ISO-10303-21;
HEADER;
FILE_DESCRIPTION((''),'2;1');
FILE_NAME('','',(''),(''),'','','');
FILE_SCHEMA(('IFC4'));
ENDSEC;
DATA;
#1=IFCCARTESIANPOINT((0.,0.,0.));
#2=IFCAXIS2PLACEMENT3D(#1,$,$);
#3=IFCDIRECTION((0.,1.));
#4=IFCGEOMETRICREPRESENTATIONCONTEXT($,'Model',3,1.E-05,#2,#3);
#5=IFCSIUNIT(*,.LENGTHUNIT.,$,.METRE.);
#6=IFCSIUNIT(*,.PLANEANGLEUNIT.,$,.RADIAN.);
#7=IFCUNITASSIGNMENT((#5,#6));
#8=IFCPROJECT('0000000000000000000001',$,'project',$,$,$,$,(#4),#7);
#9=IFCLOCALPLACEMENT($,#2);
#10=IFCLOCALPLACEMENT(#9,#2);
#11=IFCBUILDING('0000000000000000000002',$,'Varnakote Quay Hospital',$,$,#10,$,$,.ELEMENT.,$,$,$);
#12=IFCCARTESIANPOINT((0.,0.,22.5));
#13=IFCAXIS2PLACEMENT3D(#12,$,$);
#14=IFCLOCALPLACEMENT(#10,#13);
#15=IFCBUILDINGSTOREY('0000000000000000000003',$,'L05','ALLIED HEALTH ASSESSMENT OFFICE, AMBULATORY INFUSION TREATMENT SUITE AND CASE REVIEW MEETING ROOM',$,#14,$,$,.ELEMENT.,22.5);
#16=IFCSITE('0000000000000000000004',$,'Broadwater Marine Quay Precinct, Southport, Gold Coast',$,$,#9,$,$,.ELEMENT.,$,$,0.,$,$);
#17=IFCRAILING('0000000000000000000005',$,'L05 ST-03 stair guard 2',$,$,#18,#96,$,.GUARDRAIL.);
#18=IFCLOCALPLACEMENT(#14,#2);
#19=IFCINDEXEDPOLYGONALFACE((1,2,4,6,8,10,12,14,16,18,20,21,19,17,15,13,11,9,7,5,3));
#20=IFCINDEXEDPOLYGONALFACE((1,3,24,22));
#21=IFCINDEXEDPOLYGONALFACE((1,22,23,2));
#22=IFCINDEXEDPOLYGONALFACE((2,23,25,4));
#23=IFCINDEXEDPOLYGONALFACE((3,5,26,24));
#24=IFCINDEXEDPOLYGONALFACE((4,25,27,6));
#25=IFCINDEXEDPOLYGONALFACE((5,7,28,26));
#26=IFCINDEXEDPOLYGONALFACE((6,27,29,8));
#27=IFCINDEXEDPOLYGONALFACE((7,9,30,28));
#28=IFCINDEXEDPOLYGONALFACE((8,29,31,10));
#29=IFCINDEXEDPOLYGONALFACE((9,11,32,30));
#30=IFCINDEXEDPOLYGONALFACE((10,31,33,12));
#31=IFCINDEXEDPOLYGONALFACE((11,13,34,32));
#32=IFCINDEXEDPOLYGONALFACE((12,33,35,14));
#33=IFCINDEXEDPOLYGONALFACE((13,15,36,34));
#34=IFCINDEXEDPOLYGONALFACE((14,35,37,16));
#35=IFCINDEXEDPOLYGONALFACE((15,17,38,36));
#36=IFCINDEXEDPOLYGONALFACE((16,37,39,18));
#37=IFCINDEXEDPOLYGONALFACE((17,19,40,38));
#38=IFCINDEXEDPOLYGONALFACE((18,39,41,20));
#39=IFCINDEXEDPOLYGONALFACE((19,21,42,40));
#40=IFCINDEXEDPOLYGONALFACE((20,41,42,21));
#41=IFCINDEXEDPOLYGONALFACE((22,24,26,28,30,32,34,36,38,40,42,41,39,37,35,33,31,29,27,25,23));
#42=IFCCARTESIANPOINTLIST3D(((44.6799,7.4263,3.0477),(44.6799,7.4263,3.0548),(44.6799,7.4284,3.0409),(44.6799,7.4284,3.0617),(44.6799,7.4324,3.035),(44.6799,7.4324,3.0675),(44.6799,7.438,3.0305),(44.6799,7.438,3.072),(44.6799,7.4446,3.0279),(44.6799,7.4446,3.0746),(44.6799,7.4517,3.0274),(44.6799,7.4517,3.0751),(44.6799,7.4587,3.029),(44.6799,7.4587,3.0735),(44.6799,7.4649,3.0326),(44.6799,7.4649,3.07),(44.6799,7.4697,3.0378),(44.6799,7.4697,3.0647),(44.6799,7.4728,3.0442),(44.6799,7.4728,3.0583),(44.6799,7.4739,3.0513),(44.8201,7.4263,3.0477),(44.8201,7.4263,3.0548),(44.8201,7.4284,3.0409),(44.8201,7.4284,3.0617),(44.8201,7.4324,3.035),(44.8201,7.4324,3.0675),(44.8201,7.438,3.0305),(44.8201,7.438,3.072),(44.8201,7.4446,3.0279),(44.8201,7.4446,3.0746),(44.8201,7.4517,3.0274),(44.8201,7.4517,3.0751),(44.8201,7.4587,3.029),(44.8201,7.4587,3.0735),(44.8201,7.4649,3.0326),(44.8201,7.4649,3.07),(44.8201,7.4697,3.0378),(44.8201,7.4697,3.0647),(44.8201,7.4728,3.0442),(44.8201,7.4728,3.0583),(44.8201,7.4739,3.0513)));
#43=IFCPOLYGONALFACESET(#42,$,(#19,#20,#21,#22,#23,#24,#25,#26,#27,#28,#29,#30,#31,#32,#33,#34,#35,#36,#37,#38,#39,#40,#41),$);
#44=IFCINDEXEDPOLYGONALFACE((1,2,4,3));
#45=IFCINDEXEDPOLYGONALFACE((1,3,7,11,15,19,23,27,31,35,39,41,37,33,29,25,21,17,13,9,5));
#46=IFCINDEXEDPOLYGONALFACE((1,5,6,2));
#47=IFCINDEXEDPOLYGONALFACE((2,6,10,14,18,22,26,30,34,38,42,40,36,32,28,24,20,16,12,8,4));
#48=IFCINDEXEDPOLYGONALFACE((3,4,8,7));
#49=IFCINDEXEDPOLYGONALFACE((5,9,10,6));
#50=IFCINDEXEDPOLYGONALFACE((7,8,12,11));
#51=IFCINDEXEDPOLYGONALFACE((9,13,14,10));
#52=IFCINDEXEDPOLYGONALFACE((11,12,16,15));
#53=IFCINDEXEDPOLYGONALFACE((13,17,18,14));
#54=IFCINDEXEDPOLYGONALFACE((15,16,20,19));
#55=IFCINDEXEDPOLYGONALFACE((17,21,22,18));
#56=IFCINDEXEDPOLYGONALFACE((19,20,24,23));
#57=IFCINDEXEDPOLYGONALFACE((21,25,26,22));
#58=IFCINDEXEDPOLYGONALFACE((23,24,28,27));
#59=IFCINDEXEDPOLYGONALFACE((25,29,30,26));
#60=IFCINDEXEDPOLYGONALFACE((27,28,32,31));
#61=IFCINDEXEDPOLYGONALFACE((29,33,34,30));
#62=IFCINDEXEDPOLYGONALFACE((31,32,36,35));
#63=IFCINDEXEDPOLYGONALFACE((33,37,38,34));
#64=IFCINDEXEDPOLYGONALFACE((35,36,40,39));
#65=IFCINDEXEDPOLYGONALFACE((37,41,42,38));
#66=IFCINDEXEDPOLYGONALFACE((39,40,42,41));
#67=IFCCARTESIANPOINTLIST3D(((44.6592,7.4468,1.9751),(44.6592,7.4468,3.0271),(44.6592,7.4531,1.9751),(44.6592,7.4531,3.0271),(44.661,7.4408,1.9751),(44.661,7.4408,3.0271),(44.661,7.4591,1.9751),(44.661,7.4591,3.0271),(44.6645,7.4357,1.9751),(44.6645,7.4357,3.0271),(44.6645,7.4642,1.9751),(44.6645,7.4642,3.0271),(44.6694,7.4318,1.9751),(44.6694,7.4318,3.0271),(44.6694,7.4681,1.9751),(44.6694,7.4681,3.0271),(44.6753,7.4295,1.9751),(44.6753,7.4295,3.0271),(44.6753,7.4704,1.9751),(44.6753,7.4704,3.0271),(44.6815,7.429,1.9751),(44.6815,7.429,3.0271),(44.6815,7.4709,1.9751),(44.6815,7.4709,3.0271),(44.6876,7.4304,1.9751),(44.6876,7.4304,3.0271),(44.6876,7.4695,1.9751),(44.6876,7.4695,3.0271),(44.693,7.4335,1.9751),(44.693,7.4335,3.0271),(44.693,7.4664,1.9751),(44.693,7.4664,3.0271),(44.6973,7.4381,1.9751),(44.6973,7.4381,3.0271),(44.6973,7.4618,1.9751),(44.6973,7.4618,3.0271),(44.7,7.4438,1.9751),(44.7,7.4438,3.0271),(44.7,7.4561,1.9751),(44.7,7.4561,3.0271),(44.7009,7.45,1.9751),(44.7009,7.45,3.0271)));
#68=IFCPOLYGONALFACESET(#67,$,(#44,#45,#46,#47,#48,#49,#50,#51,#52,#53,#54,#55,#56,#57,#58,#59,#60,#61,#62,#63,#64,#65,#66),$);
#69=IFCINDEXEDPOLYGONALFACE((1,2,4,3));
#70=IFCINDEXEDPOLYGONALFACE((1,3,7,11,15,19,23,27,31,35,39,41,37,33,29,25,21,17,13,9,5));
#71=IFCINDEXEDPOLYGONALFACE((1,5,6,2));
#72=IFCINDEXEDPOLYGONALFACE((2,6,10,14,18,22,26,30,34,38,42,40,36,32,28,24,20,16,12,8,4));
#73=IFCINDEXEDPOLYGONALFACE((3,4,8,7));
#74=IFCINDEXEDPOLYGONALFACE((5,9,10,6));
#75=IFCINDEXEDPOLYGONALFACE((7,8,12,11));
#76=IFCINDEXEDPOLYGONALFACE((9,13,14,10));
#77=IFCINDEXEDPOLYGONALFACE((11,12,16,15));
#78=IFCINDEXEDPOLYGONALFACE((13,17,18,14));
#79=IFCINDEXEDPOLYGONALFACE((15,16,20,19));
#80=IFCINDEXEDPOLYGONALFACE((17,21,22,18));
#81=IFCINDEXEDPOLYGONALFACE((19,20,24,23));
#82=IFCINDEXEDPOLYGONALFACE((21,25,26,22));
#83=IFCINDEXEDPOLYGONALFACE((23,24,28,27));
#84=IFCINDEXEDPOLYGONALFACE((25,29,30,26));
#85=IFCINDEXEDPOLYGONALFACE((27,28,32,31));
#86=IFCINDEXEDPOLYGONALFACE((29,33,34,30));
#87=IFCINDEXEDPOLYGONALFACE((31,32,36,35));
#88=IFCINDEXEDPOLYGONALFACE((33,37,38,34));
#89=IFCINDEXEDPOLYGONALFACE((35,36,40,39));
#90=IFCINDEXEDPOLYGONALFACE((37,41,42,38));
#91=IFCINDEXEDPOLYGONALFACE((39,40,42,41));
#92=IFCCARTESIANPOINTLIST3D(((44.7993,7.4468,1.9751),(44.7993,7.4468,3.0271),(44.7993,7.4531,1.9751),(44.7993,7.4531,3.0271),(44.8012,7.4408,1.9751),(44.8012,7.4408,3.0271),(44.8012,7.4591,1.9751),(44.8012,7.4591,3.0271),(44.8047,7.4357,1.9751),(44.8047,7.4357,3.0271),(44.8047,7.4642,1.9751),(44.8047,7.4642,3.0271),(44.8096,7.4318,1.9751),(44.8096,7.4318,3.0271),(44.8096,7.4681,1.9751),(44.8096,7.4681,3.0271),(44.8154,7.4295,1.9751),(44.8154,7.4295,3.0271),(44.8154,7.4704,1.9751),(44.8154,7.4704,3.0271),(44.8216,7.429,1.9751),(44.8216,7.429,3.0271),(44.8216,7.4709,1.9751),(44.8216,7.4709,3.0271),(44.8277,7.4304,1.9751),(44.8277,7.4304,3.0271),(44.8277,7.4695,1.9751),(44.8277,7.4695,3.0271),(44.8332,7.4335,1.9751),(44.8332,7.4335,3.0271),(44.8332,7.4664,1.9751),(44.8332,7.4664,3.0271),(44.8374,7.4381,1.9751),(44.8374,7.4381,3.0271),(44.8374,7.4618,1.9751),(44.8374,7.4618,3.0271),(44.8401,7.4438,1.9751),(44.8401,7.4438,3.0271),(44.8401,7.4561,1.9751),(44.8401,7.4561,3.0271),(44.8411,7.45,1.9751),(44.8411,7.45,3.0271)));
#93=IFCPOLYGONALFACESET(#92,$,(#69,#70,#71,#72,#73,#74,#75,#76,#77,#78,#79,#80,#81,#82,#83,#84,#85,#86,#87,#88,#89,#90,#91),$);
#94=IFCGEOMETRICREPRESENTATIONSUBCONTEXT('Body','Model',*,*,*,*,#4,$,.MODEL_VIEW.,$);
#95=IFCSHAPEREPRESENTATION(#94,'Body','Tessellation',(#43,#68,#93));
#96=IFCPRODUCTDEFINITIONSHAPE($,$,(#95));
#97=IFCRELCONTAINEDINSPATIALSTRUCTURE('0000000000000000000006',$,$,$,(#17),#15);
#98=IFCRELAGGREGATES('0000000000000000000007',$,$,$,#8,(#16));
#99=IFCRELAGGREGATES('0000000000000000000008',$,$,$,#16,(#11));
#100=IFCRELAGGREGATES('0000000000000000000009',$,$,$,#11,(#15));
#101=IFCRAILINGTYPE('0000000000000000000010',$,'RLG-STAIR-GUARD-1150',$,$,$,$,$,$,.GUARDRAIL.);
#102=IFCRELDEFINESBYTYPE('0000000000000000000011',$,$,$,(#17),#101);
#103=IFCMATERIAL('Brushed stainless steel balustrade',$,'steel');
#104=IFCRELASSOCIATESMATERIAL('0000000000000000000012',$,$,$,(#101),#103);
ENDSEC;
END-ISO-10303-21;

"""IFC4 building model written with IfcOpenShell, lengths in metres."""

from ifc_helpers import new_model, si_unit, direction, frame, origin, origin_2d, place, context, subcontext, project, spatial, circle, extrude, material, type_object, element, save


model = new_model("IFC4")

# Units and contexts
model_context = context("Model", 3, precision=1e-05, world=origin(), true_north=direction((0.0, 1.0)))
body_context = subcontext(model_context, "Body", "Model", "MODEL_VIEW")
ifc_project = project(units=[si_unit("LENGTHUNIT", "METRE"), si_unit("PLANEANGLEUNIT", "RADIAN")], contexts=[model_context])

# Site, building, storey
site_placement = place(None, origin())
site = spatial("IfcSite", under=ifc_project, at=site_placement, Name="Broadwater Marine Quay Precinct, Southport, Gold Coast", CompositionType="ELEMENT", RefElevation=0.0)
building_placement = place(site_placement, origin())
building = spatial("IfcBuilding", under=site, at=building_placement, Name="Varnakote Quay Hospital", CompositionType="ELEMENT")
storey_placement = place(building_placement, frame((0.0, 0.0, 22.5)))
storey = spatial("IfcBuildingStorey", under=building, at=storey_placement, Name="L05", Description="ALLIED HEALTH ASSESSMENT OFFICE, AMBULATORY INFUSION TREATMENT SUITE AND CASE REVIEW MEETING ROOM", CompositionType="ELEMENT", Elevation=22.5)

# Railing
ifc_material_1 = material(Name="Brushed stainless steel balustrade", Category="steel")
railing_type_1 = type_object("IfcRailingType", Name="RLG-STAIR-GUARD-1150", PredefinedType="GUARDRAIL", material=ifc_material_1)
railing_1_placement = place(storey_placement, frame((44.6799, 7.45, 1.9751)))
element("IfcRailing", 1, at=railing_1_placement, inside=storey, type_object=railing_type_1, Name="L05 ST-03 stair guard 2", PredefinedType="GUARDRAIL", context=body_context, shape_type="SweptSolid", body=[
    extrude(circle(Radius=0.0239, at=origin_2d()), frame((0.0, 0.0, 1.0762), z_axis=(1.0, 0.0, 0.0), x_axis=(0.0, 1.0, 0.0)), (0.0, 0.0, 1.0), 0.1401),
    extrude(circle(Radius=0.021, at=origin_2d()), origin(), (0.0, 0.0, 1.0), 1.052),
    extrude(circle(Radius=0.021, at=origin_2d()), frame((0.1401, 0.0, 0.0)), (0.0, 0.0, 1.0), 1.052),
])

save(model, "model.ifc")
